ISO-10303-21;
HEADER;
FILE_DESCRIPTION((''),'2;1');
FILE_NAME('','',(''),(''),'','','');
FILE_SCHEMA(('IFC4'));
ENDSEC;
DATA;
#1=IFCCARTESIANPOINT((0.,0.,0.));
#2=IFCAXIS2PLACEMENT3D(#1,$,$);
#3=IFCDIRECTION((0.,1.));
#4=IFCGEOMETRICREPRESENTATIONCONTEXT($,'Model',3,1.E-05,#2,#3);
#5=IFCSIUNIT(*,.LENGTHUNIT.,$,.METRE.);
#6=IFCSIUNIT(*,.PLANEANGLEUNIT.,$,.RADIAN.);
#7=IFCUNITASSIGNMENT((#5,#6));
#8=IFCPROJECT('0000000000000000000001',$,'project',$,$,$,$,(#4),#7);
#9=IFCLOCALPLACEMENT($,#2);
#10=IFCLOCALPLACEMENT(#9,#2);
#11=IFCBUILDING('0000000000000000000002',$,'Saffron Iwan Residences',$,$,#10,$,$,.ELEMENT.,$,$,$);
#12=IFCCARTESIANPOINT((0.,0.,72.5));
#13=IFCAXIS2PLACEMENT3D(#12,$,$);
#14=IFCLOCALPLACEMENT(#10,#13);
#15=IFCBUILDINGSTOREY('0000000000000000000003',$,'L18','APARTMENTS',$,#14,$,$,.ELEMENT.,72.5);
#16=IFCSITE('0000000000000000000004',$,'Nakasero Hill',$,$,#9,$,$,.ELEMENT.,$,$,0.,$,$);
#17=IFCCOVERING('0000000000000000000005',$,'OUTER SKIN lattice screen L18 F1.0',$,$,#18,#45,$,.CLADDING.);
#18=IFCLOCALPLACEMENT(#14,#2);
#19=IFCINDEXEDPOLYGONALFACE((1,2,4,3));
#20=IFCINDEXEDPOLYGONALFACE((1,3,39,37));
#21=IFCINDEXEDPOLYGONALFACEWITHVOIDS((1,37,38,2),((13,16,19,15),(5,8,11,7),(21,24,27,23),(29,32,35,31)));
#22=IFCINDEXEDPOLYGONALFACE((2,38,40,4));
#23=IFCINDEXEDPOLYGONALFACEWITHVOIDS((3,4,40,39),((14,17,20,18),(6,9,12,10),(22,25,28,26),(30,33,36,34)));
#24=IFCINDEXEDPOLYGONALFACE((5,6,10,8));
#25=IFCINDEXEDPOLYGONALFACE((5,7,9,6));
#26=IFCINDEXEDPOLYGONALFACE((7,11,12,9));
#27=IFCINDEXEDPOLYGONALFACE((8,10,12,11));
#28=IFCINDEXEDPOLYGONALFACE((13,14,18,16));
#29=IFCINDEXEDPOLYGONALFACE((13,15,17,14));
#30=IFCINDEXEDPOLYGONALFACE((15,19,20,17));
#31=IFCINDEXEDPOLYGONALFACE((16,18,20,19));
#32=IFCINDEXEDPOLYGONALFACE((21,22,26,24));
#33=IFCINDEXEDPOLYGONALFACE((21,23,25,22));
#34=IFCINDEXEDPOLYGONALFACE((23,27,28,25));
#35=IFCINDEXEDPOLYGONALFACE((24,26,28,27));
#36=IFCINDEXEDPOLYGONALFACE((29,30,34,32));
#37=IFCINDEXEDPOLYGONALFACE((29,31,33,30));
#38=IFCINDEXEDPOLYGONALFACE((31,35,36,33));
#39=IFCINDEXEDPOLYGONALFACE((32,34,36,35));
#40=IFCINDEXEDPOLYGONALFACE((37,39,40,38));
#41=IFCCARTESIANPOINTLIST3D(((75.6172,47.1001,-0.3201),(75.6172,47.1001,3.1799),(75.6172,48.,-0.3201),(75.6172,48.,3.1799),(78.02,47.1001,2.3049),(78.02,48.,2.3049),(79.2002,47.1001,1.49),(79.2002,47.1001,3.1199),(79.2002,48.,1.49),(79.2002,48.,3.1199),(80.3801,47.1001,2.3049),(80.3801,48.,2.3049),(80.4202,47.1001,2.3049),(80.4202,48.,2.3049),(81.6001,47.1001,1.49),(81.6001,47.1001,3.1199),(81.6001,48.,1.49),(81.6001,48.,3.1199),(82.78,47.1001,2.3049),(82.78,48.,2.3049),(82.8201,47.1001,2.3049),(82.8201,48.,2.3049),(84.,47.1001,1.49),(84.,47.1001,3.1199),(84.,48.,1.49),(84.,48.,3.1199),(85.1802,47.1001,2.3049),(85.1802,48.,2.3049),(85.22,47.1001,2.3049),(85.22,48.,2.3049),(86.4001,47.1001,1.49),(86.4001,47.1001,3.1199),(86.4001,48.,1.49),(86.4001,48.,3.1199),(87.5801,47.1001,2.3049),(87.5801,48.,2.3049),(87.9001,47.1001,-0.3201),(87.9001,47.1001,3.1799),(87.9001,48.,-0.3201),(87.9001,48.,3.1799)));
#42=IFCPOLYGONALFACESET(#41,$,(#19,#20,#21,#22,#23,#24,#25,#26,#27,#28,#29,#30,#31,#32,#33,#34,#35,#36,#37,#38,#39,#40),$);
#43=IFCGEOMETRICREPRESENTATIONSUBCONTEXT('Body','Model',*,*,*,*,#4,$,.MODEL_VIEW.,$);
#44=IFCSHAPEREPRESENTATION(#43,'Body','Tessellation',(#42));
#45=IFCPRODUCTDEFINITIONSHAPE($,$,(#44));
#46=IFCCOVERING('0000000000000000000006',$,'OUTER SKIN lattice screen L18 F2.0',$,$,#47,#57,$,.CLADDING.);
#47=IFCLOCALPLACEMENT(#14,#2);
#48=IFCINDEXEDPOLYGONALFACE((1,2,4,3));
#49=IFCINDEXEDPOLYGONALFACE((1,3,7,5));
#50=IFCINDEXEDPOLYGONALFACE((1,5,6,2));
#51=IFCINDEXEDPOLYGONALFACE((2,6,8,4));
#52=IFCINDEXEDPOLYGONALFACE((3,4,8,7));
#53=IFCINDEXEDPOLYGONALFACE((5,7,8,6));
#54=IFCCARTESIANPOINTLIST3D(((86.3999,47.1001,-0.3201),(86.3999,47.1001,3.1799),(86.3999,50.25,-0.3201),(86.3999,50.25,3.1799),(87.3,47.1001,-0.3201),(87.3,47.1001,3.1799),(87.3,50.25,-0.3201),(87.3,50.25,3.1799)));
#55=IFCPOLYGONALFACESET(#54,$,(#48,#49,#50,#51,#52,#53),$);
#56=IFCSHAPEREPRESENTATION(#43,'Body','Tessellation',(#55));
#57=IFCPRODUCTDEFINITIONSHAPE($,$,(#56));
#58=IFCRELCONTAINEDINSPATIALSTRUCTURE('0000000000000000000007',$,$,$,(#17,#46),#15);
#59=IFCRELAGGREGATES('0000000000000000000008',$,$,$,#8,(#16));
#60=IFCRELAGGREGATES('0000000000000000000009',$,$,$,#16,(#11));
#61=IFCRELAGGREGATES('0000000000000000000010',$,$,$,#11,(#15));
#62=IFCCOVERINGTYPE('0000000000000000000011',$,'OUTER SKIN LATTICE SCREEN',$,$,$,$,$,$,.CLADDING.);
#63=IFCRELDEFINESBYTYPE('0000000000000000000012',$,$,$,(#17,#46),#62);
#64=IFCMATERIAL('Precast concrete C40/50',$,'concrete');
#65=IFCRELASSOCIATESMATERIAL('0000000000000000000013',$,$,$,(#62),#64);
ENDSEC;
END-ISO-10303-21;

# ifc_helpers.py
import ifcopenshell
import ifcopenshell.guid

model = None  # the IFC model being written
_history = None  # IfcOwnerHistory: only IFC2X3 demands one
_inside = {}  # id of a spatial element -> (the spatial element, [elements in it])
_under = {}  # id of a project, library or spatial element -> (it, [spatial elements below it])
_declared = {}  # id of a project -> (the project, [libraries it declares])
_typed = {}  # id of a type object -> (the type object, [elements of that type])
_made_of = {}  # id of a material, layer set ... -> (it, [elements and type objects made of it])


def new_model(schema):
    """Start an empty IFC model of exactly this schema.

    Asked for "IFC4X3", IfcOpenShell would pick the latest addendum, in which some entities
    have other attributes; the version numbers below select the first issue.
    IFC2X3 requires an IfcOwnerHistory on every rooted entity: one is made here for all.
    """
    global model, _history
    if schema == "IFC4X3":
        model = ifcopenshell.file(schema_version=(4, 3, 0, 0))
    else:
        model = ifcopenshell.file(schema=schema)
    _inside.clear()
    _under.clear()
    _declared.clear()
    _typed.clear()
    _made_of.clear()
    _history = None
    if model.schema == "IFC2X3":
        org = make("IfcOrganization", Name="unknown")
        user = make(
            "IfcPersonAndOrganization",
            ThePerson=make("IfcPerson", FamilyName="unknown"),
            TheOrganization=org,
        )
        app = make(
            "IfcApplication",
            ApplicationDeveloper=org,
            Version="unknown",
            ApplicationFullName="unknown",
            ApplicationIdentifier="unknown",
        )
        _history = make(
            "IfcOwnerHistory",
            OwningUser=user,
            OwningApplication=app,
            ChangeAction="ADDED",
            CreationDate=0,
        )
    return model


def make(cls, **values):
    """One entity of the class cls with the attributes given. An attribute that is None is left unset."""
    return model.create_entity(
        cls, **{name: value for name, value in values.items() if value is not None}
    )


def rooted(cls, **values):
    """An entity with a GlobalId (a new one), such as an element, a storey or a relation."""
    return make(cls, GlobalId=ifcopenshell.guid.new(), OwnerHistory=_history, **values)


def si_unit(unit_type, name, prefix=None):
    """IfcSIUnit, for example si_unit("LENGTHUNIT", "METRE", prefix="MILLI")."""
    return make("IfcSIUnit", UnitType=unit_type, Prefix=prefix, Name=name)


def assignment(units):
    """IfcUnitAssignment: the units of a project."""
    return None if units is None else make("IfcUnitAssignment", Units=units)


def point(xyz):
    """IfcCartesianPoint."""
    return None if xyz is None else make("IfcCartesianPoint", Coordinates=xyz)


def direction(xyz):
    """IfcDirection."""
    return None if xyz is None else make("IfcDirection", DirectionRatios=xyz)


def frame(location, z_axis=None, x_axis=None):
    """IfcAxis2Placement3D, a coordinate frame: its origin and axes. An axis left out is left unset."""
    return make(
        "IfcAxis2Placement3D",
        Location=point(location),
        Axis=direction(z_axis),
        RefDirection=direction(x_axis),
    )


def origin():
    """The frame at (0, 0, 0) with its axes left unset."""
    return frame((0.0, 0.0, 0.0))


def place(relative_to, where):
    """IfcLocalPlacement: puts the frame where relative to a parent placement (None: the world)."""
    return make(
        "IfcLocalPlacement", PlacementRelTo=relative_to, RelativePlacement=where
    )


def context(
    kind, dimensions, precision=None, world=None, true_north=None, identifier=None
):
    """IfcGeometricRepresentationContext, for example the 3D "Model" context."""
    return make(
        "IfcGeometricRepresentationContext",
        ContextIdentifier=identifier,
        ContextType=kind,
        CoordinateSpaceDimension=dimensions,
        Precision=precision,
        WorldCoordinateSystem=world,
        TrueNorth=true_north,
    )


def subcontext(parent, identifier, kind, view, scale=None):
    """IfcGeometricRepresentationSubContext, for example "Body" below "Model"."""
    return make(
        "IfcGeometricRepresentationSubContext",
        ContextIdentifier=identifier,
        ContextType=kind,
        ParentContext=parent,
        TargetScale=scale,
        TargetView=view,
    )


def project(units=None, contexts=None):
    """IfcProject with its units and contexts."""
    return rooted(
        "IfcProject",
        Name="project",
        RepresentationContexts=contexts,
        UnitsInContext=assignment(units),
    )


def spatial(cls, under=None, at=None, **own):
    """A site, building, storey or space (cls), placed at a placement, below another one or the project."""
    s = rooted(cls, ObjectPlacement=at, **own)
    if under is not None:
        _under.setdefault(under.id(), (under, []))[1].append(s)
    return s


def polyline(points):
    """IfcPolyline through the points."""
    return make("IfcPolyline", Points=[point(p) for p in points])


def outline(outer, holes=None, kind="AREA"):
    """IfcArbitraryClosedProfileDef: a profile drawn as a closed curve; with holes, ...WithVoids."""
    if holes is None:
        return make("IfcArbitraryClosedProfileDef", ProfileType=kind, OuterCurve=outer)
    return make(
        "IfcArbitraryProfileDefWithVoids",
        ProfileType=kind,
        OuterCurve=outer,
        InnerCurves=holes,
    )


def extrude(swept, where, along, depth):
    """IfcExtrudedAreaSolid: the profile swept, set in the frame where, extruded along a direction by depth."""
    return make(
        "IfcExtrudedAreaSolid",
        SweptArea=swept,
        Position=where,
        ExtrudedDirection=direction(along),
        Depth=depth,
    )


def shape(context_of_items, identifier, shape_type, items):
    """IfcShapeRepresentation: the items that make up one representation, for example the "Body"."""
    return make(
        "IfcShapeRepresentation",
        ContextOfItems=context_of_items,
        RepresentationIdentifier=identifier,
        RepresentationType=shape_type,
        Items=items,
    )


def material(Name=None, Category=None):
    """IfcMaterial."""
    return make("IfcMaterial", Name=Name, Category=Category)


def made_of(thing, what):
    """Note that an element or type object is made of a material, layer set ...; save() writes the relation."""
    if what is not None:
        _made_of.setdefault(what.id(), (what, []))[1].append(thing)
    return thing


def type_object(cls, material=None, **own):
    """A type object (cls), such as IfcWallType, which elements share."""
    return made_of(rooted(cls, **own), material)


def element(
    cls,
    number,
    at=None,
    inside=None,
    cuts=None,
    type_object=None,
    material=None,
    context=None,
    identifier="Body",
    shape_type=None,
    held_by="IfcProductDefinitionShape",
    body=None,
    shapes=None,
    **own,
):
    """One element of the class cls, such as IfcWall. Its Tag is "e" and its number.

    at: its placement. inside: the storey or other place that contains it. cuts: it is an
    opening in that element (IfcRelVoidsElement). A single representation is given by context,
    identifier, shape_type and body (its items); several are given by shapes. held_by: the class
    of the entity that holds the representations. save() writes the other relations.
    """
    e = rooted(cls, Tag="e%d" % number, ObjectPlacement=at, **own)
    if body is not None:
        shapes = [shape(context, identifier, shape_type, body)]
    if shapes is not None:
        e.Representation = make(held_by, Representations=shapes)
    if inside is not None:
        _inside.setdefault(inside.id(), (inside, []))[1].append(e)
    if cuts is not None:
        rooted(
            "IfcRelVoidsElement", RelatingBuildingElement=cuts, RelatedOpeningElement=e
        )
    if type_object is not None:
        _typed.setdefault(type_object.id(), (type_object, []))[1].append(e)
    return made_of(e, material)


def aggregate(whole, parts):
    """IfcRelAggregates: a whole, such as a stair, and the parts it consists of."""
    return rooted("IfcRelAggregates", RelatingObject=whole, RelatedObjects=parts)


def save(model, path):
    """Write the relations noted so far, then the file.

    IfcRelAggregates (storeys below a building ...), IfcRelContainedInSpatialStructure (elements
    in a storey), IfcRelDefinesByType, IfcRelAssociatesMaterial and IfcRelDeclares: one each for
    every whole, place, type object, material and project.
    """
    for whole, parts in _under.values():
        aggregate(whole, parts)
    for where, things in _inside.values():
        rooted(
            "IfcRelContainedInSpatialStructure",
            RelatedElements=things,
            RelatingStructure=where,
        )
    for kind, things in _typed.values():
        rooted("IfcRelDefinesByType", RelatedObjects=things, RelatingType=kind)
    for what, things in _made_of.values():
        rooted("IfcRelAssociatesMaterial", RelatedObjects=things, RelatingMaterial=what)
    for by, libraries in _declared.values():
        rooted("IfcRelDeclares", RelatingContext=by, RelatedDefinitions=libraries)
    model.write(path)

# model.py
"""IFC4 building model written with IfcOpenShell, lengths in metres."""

from ifc_helpers import new_model, si_unit, direction, frame, origin, place, context, subcontext, project, spatial, polyline, outline, extrude, material, type_object, element, save


model = new_model("IFC4")

# Units and contexts
model_context = context("Model", 3, precision=1e-05, world=origin(), true_north=direction((0.0, 1.0)))
body_context = subcontext(model_context, "Body", "Model", "MODEL_VIEW")
ifc_project = project(units=[si_unit("LENGTHUNIT", "METRE"), si_unit("PLANEANGLEUNIT", "RADIAN")], contexts=[model_context])

# Site, building, storey
site_placement = place(None, origin())
site = spatial("IfcSite", under=ifc_project, at=site_placement, Name="Nakasero Hill", CompositionType="ELEMENT", RefElevation=0.0)
building_placement = place(site_placement, origin())
building = spatial("IfcBuilding", under=site, at=building_placement, Name="Saffron Iwan Residences", CompositionType="ELEMENT")
storey_placement = place(building_placement, frame((0.0, 0.0, 72.5)))
storey = spatial("IfcBuildingStorey", under=building, at=storey_placement, Name="L18", Description="APARTMENTS", CompositionType="ELEMENT", Elevation=72.5)

# Coverings
ifc_material_1 = material(Name="Precast concrete C40/50", Category="concrete")
covering_type = type_object("IfcCoveringType", Name="OUTER SKIN LATTICE SCREEN", PredefinedType="CLADDING", material=ifc_material_1)
covering_1_placement = place(storey_placement, frame((75.6172, 48.0, -0.3201), z_axis=(0.0, -1.0, 0.0), x_axis=(1.0, 0.0, 0.0)))
element("IfcCovering", 1, at=covering_1_placement, inside=storey, type_object=covering_type, Name="OUTER SKIN lattice screen L18 F1.0", PredefinedType="CLADDING", context=body_context, shape_type="SweptSolid", body=[
    extrude(outline(polyline([(0.0, 0.0), (12.283, 0.0), (12.283, 3.5), (0.0, 3.5), (0.0, 0.0)]), holes=[polyline([(2.4028, 2.625), (3.583, 1.8101), (4.7629, 2.625), (3.583, 3.4399), (2.4028, 2.625)]), polyline([(4.803, 2.625), (5.9829, 1.8101), (7.1628, 2.625), (5.9829, 3.4399), (4.803, 2.625)]), polyline([(7.2029, 2.625), (8.3828, 1.8101), (9.563, 2.625), (8.3828, 3.4399), (7.2029, 2.625)]), polyline([(9.6028, 2.625), (10.783, 1.8101), (11.9629, 2.625), (10.783, 3.4399), (9.6028, 2.625)])]), origin(), (0.0, 0.0, 1.0), 0.8999),
])
covering_2_placement = place(storey_placement, frame((86.3999, 47.1001, -0.3201), z_axis=(1.0, 0.0, 0.0), x_axis=(0.0, 1.0, 0.0)))
element("IfcCovering", 2, at=covering_2_placement, inside=storey, type_object=covering_type, Name="OUTER SKIN lattice screen L18 F2.0", PredefinedType="CLADDING", context=body_context, shape_type="SweptSolid", body=[
    extrude(outline(polyline([(0.0, 0.0), (3.1499, 0.0), (3.1499, 3.5), (0.0, 3.5), (0.0, 0.0)])), origin(), (0.0, 0.0, 1.0), 0.9001),
])

save(model, "model.ifc")
